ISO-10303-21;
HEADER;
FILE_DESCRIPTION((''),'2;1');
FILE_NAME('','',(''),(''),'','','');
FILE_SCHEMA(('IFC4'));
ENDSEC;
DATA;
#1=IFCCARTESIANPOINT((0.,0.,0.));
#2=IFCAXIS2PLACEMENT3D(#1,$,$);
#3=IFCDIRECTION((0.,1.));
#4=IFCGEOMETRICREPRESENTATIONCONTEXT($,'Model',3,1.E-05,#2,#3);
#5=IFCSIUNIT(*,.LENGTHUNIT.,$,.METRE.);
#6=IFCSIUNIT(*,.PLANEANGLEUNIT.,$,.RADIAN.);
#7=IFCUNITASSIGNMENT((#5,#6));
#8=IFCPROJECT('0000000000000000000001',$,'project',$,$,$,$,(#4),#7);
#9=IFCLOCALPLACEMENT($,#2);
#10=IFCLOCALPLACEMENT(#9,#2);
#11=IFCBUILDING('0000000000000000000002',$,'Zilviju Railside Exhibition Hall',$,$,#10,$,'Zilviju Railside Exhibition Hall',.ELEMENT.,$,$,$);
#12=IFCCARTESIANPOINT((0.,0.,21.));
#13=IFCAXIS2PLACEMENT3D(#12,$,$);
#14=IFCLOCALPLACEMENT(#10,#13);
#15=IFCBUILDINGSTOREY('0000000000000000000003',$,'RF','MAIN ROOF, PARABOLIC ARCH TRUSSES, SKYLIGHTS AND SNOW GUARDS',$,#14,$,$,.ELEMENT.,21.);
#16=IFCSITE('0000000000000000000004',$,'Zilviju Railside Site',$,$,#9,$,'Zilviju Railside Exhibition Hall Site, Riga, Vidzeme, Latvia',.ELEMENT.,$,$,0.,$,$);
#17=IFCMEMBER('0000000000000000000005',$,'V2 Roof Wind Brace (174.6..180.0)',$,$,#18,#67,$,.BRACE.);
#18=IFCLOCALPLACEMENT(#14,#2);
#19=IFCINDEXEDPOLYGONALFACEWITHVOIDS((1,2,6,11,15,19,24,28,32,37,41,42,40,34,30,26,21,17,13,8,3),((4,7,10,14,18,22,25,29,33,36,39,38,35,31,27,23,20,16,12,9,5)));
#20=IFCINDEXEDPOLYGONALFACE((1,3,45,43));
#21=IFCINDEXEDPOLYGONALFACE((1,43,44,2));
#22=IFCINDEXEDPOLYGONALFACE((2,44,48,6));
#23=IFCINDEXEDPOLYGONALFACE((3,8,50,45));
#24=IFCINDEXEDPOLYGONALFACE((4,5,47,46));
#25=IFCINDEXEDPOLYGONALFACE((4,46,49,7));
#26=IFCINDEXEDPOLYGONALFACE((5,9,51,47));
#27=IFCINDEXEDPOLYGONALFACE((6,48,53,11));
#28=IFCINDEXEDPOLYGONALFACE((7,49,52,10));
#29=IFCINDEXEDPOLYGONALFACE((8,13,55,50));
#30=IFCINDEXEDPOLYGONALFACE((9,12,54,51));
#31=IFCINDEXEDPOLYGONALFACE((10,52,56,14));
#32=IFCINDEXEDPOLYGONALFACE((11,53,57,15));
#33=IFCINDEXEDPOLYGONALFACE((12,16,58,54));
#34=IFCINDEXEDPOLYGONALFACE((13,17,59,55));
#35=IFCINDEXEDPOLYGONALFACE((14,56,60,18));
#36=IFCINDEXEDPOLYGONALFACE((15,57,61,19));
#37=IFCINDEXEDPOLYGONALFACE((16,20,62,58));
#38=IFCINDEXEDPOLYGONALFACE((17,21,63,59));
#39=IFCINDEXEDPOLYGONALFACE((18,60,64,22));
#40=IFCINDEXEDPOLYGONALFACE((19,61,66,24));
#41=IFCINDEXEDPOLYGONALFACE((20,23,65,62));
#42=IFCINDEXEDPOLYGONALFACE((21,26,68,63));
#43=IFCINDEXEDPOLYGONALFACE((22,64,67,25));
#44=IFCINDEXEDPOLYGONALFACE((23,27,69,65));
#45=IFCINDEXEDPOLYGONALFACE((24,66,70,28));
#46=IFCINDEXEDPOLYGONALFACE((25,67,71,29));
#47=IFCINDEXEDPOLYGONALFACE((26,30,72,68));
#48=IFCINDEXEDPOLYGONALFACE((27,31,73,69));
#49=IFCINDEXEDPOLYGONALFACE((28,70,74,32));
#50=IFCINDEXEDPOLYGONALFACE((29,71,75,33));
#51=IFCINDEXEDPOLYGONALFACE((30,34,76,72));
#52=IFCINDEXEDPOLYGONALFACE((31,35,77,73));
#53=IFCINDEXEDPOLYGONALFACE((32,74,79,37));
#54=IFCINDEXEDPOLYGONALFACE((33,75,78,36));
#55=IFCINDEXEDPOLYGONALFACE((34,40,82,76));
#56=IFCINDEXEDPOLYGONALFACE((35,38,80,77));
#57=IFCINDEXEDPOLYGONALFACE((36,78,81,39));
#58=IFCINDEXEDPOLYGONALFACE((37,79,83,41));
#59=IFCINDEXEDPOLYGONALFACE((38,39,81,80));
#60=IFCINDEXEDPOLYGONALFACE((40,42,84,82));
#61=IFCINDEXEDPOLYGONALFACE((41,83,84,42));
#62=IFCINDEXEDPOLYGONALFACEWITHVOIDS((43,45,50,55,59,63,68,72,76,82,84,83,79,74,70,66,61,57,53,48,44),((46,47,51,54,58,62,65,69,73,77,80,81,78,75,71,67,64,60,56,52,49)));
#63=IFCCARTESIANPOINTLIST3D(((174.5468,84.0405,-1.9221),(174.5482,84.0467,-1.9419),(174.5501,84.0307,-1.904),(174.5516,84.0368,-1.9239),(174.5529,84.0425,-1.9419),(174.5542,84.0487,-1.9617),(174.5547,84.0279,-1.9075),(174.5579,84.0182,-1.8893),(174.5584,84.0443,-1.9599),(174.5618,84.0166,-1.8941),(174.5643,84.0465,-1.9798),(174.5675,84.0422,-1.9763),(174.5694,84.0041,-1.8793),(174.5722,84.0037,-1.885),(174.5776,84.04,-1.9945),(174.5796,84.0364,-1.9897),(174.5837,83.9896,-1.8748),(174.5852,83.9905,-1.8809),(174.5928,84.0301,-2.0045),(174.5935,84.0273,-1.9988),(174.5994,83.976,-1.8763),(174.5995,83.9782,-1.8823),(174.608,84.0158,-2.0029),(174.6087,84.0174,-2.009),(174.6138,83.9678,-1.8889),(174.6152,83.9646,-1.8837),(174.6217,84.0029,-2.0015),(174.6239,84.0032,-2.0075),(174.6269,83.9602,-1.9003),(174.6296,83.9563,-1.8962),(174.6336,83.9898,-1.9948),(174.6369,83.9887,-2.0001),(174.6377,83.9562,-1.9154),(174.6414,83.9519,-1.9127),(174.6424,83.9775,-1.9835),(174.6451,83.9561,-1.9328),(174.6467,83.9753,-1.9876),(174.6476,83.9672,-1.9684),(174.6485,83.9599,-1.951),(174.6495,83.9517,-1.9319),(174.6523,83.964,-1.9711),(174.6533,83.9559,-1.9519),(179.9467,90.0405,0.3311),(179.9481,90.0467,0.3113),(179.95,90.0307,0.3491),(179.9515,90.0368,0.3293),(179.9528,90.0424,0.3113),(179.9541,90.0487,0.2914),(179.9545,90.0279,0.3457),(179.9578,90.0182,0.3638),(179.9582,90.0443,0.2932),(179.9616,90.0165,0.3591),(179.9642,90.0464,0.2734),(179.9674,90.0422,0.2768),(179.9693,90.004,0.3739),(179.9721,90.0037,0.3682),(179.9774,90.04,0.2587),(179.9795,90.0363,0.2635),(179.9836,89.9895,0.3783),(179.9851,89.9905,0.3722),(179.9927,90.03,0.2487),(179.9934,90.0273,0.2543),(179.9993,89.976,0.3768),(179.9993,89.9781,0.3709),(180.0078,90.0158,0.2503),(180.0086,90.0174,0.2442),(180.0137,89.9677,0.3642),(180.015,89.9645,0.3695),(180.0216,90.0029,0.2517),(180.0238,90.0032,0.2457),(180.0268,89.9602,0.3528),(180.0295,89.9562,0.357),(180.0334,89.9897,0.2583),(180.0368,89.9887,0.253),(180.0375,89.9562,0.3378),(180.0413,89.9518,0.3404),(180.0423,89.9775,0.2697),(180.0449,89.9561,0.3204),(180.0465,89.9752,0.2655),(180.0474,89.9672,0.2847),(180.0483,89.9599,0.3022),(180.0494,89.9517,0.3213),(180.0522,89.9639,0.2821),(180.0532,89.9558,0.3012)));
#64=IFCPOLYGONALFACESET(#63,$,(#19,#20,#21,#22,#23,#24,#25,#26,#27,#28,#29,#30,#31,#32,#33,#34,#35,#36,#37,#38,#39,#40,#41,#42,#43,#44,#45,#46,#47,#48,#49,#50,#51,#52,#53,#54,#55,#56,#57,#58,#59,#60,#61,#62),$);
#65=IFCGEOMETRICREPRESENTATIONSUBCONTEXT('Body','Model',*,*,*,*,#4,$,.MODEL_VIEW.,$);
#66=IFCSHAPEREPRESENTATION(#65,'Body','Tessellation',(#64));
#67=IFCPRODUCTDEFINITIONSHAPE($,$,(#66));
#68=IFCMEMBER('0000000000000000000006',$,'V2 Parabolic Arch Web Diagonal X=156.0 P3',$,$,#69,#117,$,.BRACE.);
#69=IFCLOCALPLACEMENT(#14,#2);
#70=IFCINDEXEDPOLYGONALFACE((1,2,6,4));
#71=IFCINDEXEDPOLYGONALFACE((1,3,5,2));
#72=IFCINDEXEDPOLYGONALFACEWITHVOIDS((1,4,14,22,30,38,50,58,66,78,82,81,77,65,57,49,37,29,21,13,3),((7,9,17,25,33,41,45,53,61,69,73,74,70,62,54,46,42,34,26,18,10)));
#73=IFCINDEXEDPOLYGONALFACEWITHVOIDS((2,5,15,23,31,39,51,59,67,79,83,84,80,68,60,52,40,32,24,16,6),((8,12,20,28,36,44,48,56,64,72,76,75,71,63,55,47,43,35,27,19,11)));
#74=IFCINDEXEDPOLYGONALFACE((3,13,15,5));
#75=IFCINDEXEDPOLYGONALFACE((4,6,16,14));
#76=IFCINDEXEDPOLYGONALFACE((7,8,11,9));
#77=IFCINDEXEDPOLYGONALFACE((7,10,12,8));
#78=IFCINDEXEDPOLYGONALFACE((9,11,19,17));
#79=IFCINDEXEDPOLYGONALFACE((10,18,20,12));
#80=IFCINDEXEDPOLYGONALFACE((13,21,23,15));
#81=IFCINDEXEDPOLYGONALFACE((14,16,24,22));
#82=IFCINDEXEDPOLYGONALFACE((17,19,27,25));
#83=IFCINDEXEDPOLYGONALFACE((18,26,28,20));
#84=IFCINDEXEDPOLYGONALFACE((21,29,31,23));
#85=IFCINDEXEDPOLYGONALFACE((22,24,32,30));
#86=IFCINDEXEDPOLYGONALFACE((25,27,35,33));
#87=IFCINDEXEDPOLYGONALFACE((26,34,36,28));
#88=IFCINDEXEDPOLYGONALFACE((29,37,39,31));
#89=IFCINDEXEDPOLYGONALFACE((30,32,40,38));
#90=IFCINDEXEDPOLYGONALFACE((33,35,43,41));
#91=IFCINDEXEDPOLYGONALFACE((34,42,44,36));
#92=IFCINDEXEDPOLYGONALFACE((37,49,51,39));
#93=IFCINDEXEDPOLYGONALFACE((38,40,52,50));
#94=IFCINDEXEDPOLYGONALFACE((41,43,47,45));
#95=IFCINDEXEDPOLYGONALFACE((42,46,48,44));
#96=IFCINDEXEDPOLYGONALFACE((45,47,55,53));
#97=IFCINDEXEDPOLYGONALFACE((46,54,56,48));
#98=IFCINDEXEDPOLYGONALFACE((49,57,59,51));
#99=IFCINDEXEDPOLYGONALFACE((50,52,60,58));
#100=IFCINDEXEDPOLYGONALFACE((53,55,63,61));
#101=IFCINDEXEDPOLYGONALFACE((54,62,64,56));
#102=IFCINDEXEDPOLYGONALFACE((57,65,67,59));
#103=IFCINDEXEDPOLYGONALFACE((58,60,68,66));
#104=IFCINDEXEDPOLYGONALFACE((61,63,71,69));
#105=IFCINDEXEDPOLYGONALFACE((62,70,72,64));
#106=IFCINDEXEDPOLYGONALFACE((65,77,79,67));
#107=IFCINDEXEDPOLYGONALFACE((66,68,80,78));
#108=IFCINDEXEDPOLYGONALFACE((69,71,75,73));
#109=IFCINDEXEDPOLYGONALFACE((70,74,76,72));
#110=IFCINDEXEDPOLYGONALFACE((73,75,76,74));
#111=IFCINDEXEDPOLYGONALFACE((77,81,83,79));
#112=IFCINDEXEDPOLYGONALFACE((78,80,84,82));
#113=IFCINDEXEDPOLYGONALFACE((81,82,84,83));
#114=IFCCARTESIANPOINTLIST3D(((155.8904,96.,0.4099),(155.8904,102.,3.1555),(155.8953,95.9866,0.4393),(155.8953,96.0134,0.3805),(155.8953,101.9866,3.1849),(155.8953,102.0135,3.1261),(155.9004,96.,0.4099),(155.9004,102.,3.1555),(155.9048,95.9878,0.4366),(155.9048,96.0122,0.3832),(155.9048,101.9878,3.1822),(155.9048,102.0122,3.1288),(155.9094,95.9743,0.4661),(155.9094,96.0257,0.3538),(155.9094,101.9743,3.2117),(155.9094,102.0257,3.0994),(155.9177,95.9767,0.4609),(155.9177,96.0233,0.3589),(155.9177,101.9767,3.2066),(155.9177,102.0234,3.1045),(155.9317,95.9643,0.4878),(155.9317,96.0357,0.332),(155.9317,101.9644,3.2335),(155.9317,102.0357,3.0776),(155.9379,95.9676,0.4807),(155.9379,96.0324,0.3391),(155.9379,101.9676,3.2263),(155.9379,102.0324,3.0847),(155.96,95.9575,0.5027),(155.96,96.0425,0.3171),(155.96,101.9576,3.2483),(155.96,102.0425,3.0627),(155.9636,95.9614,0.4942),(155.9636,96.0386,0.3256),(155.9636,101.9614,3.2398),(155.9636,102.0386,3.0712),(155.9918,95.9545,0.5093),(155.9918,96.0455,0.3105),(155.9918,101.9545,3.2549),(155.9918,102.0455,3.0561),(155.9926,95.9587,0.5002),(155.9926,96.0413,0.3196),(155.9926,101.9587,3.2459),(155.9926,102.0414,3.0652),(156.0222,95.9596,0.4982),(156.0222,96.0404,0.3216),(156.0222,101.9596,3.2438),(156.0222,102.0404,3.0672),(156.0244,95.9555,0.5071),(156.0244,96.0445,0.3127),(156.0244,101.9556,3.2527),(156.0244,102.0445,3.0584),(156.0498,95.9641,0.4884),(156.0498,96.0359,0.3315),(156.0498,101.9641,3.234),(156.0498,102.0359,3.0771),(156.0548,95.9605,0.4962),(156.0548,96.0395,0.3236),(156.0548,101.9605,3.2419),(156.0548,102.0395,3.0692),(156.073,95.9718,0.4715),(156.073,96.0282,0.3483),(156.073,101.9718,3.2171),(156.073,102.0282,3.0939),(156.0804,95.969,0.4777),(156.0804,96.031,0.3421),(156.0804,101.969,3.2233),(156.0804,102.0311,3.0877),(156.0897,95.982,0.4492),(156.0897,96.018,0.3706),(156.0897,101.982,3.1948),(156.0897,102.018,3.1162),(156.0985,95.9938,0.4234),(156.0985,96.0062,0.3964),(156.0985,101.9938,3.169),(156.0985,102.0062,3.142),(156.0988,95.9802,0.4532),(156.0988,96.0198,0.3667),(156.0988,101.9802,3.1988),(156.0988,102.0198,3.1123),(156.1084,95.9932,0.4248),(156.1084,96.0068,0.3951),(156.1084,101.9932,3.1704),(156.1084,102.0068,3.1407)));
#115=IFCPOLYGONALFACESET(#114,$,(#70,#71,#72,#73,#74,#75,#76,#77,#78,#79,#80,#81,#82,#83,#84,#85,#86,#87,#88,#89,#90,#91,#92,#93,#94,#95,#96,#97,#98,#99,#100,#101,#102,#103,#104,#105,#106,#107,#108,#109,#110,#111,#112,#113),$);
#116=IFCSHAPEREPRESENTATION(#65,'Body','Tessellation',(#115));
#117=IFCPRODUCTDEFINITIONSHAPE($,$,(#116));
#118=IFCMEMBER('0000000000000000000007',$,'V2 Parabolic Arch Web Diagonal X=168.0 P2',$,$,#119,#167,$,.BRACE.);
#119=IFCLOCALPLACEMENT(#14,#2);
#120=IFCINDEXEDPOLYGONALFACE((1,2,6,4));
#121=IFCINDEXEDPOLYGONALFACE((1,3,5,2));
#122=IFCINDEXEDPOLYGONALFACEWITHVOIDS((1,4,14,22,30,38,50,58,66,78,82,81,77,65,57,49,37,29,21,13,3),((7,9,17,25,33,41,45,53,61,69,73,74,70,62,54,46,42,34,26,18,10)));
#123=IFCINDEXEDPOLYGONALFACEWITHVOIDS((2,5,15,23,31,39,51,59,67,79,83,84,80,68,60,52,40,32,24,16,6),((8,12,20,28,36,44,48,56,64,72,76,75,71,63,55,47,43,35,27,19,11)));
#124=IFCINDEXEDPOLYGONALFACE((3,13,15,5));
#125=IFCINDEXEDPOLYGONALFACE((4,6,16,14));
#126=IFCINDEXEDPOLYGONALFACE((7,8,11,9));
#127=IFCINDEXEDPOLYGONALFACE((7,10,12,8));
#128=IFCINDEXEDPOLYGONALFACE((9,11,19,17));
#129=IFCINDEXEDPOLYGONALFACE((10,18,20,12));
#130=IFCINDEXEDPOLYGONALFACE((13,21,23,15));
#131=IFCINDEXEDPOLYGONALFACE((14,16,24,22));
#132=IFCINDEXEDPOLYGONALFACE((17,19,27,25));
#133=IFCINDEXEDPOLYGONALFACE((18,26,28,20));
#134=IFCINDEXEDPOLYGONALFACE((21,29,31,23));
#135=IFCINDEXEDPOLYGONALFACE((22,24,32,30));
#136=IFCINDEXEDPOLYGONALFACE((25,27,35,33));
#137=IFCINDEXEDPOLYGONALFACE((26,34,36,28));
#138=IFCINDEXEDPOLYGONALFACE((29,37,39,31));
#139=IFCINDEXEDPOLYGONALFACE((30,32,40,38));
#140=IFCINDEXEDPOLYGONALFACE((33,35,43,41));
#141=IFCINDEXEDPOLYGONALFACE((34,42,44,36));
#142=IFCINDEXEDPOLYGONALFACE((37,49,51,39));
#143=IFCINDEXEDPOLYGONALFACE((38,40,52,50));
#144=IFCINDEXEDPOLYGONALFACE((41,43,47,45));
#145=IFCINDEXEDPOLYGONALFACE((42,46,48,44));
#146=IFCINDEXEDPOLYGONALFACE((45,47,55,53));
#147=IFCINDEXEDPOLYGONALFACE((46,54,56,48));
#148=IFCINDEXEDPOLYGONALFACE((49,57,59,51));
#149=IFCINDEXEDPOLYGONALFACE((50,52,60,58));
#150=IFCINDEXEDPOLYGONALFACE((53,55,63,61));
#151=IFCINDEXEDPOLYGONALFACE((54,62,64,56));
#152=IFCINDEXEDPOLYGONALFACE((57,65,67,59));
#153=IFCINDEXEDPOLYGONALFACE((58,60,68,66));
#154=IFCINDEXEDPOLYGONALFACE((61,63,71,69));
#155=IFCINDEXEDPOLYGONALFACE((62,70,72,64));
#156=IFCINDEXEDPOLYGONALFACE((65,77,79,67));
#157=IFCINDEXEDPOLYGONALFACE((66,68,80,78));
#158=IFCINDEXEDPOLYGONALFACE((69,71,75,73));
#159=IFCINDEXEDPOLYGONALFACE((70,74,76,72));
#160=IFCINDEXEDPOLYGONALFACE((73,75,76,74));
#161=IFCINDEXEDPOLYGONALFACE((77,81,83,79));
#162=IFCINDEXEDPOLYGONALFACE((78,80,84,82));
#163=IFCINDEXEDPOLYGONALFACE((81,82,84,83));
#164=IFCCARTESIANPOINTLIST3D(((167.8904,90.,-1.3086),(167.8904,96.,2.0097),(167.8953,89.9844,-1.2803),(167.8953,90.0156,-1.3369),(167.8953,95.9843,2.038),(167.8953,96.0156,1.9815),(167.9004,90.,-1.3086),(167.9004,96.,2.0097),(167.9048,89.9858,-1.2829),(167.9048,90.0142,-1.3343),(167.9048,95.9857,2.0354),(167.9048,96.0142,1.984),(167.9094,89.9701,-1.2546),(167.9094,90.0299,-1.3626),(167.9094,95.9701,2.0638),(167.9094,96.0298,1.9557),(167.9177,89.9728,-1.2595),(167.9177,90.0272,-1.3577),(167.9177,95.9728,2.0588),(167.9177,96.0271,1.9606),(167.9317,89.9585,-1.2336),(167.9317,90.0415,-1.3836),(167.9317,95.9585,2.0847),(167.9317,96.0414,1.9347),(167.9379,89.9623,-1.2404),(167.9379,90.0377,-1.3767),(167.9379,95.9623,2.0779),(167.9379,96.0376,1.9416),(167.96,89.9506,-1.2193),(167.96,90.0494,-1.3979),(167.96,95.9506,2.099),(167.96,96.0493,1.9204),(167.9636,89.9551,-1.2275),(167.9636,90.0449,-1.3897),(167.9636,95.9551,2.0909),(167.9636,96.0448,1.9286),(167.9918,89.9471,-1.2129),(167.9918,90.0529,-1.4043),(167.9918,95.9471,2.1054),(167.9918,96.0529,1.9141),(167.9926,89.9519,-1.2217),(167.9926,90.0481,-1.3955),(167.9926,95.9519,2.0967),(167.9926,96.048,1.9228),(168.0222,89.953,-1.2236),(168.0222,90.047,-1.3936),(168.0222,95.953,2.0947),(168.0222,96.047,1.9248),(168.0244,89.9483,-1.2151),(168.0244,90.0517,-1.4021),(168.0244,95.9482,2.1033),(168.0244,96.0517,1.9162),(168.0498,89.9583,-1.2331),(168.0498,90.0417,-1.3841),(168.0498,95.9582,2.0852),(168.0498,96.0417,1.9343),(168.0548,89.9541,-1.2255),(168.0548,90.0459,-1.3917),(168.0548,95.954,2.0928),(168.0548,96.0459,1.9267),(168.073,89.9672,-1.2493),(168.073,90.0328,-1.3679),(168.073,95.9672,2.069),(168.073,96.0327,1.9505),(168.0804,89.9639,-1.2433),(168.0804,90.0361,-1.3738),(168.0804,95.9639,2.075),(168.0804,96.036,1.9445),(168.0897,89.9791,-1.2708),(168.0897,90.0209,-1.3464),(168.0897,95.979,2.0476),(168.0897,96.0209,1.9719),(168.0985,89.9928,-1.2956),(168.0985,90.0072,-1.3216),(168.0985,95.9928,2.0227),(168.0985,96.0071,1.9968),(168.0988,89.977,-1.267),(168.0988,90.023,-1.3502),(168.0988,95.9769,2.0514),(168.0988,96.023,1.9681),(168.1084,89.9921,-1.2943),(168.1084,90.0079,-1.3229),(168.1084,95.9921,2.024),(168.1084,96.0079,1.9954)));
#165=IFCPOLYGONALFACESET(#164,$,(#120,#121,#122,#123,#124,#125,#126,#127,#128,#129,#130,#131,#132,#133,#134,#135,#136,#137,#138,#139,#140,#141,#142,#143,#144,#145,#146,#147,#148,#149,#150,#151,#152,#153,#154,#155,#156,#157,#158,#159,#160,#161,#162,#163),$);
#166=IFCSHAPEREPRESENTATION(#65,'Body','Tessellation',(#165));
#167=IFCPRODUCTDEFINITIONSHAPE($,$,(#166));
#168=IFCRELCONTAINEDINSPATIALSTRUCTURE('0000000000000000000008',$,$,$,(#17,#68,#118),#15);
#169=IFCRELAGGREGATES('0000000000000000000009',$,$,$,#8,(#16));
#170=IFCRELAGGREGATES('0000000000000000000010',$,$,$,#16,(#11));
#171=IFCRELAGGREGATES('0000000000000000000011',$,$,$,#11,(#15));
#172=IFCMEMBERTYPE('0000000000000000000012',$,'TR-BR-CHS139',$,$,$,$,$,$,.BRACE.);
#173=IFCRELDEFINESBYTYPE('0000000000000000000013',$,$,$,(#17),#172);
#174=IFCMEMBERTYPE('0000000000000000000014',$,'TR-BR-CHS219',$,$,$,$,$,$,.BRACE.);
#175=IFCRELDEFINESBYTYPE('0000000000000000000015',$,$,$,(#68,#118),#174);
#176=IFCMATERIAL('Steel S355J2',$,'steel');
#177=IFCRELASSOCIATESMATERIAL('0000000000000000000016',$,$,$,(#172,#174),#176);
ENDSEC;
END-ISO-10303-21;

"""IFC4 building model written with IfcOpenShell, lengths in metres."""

from ifc_helpers import new_model, si_unit, direction, frame, origin, origin_2d, place, context, subcontext, project, spatial, hollow_circle, extrude, material, material_profile, profile_set, type_object, element, save


model = new_model("IFC4")

# Units and contexts
model_context = context("Model", 3, precision=1e-05, world=origin(), true_north=direction((0.0, 1.0)))
body_context = subcontext(model_context, "Body", "Model", "MODEL_VIEW")
ifc_project = project(units=[si_unit("LENGTHUNIT", "METRE"), si_unit("PLANEANGLEUNIT", "RADIAN")], contexts=[model_context])

# Site, building, storey
site_placement = place(None, origin())
site = spatial("IfcSite", under=ifc_project, at=site_placement, Name="Zilviju Railside Site", LongName="Zilviju Railside Exhibition Hall Site, Riga, Vidzeme, Latvia", CompositionType="ELEMENT", RefElevation=0.0)
building_placement = place(site_placement, origin())
building = spatial("IfcBuilding", under=site, at=building_placement, Name="Zilviju Railside Exhibition Hall", LongName="Zilviju Railside Exhibition Hall", CompositionType="ELEMENT")
storey_placement = place(building_placement, frame((0.0, 0.0, 21.0)))
storey = spatial("IfcBuildingStorey", under=building, at=storey_placement, Name="RF", Description="MAIN ROOF, PARABOLIC ARCH TRUSSES, SKYLIGHTS AND SNOW GUARDS", CompositionType="ELEMENT", Elevation=21.0)

# Members
ifc_material_1 = material(Name="Steel S355J2", Category="steel")
ifc_material_profile_1 = material_profile(ifc_material_1, hollow_circle(Radius=0.0698, WallThickness=0.0063, at=origin_2d()), Name="CHS 139.7x6.3")
ifc_profile_set_1 = profile_set([ifc_material_profile_1], Name="Steel S355J2")
member_type_1 = type_object("IfcMemberType", Name="TR-BR-CHS139", PredefinedType="BRACE", material=ifc_profile_set_1)
member_1_placement = place(storey_placement, frame((174.6001, 84.0, -1.9419), z_axis=(0.644328, 0.715933, 0.268853), x_axis=(-0.7433, 0.668958, 0.0)))
element("IfcMember", 1, at=member_1_placement, inside=storey, type_object=member_type_1, Name="V2 Roof Wind Brace (174.6..180.0)", PredefinedType="BRACE", context=body_context, shape_type="SweptSolid", body=[
    extrude(hollow_circle(Radius=0.0698, WallThickness=0.0063, at=origin_2d()), origin(), (0.0, 0.0, 1.0), 8.3806),
])
ifc_material_profile_2 = material_profile(ifc_material_1, hollow_circle(Radius=0.1096, WallThickness=0.01, at=origin_2d()), Name="CHS 219.1x10.0")
ifc_profile_set_2 = profile_set([ifc_material_profile_2], Name="Steel S355J2")
member_type_2 = type_object("IfcMemberType", Name="TR-BR-CHS219", PredefinedType="BRACE", material=ifc_profile_set_2)
member_2_placement = place(storey_placement, frame((156.0, 96.0, 0.4099), z_axis=(0.0, 0.909317, 0.416104), x_axis=(-1.0, 0.0, 0.0)))
element("IfcMember", 2, at=member_2_placement, inside=storey, type_object=member_type_2, Name="V2 Parabolic Arch Web Diagonal X=156.0 P3", PredefinedType="BRACE", context=body_context, shape_type="SweptSolid", body=[
    extrude(hollow_circle(Radius=0.1096, WallThickness=0.01, at=origin_2d()), origin(), (0.0, 0.0, 1.0), 6.5984),
])
for number, where, z_axis, x_axis, name in (
    (3, (168.0, 90.0, -1.3086), (0.0, 0.875083, 0.483973), (-1.0, 0.0, 0.0), "V2 Parabolic Arch Web Diagonal X=168.0 P2"),
):
    element("IfcMember", number, at=place(storey_placement, frame(where, z_axis=z_axis, x_axis=x_axis)), inside=storey, type_object=member_type_2, Name=name, PredefinedType="BRACE", context=body_context, shape_type="SweptSolid", body=[
        extrude(hollow_circle(Radius=0.1096, WallThickness=0.01, at=origin_2d()), origin(), (0.0, 0.0, 1.0), 6.8564),
    ])

save(model, "model.ifc")
